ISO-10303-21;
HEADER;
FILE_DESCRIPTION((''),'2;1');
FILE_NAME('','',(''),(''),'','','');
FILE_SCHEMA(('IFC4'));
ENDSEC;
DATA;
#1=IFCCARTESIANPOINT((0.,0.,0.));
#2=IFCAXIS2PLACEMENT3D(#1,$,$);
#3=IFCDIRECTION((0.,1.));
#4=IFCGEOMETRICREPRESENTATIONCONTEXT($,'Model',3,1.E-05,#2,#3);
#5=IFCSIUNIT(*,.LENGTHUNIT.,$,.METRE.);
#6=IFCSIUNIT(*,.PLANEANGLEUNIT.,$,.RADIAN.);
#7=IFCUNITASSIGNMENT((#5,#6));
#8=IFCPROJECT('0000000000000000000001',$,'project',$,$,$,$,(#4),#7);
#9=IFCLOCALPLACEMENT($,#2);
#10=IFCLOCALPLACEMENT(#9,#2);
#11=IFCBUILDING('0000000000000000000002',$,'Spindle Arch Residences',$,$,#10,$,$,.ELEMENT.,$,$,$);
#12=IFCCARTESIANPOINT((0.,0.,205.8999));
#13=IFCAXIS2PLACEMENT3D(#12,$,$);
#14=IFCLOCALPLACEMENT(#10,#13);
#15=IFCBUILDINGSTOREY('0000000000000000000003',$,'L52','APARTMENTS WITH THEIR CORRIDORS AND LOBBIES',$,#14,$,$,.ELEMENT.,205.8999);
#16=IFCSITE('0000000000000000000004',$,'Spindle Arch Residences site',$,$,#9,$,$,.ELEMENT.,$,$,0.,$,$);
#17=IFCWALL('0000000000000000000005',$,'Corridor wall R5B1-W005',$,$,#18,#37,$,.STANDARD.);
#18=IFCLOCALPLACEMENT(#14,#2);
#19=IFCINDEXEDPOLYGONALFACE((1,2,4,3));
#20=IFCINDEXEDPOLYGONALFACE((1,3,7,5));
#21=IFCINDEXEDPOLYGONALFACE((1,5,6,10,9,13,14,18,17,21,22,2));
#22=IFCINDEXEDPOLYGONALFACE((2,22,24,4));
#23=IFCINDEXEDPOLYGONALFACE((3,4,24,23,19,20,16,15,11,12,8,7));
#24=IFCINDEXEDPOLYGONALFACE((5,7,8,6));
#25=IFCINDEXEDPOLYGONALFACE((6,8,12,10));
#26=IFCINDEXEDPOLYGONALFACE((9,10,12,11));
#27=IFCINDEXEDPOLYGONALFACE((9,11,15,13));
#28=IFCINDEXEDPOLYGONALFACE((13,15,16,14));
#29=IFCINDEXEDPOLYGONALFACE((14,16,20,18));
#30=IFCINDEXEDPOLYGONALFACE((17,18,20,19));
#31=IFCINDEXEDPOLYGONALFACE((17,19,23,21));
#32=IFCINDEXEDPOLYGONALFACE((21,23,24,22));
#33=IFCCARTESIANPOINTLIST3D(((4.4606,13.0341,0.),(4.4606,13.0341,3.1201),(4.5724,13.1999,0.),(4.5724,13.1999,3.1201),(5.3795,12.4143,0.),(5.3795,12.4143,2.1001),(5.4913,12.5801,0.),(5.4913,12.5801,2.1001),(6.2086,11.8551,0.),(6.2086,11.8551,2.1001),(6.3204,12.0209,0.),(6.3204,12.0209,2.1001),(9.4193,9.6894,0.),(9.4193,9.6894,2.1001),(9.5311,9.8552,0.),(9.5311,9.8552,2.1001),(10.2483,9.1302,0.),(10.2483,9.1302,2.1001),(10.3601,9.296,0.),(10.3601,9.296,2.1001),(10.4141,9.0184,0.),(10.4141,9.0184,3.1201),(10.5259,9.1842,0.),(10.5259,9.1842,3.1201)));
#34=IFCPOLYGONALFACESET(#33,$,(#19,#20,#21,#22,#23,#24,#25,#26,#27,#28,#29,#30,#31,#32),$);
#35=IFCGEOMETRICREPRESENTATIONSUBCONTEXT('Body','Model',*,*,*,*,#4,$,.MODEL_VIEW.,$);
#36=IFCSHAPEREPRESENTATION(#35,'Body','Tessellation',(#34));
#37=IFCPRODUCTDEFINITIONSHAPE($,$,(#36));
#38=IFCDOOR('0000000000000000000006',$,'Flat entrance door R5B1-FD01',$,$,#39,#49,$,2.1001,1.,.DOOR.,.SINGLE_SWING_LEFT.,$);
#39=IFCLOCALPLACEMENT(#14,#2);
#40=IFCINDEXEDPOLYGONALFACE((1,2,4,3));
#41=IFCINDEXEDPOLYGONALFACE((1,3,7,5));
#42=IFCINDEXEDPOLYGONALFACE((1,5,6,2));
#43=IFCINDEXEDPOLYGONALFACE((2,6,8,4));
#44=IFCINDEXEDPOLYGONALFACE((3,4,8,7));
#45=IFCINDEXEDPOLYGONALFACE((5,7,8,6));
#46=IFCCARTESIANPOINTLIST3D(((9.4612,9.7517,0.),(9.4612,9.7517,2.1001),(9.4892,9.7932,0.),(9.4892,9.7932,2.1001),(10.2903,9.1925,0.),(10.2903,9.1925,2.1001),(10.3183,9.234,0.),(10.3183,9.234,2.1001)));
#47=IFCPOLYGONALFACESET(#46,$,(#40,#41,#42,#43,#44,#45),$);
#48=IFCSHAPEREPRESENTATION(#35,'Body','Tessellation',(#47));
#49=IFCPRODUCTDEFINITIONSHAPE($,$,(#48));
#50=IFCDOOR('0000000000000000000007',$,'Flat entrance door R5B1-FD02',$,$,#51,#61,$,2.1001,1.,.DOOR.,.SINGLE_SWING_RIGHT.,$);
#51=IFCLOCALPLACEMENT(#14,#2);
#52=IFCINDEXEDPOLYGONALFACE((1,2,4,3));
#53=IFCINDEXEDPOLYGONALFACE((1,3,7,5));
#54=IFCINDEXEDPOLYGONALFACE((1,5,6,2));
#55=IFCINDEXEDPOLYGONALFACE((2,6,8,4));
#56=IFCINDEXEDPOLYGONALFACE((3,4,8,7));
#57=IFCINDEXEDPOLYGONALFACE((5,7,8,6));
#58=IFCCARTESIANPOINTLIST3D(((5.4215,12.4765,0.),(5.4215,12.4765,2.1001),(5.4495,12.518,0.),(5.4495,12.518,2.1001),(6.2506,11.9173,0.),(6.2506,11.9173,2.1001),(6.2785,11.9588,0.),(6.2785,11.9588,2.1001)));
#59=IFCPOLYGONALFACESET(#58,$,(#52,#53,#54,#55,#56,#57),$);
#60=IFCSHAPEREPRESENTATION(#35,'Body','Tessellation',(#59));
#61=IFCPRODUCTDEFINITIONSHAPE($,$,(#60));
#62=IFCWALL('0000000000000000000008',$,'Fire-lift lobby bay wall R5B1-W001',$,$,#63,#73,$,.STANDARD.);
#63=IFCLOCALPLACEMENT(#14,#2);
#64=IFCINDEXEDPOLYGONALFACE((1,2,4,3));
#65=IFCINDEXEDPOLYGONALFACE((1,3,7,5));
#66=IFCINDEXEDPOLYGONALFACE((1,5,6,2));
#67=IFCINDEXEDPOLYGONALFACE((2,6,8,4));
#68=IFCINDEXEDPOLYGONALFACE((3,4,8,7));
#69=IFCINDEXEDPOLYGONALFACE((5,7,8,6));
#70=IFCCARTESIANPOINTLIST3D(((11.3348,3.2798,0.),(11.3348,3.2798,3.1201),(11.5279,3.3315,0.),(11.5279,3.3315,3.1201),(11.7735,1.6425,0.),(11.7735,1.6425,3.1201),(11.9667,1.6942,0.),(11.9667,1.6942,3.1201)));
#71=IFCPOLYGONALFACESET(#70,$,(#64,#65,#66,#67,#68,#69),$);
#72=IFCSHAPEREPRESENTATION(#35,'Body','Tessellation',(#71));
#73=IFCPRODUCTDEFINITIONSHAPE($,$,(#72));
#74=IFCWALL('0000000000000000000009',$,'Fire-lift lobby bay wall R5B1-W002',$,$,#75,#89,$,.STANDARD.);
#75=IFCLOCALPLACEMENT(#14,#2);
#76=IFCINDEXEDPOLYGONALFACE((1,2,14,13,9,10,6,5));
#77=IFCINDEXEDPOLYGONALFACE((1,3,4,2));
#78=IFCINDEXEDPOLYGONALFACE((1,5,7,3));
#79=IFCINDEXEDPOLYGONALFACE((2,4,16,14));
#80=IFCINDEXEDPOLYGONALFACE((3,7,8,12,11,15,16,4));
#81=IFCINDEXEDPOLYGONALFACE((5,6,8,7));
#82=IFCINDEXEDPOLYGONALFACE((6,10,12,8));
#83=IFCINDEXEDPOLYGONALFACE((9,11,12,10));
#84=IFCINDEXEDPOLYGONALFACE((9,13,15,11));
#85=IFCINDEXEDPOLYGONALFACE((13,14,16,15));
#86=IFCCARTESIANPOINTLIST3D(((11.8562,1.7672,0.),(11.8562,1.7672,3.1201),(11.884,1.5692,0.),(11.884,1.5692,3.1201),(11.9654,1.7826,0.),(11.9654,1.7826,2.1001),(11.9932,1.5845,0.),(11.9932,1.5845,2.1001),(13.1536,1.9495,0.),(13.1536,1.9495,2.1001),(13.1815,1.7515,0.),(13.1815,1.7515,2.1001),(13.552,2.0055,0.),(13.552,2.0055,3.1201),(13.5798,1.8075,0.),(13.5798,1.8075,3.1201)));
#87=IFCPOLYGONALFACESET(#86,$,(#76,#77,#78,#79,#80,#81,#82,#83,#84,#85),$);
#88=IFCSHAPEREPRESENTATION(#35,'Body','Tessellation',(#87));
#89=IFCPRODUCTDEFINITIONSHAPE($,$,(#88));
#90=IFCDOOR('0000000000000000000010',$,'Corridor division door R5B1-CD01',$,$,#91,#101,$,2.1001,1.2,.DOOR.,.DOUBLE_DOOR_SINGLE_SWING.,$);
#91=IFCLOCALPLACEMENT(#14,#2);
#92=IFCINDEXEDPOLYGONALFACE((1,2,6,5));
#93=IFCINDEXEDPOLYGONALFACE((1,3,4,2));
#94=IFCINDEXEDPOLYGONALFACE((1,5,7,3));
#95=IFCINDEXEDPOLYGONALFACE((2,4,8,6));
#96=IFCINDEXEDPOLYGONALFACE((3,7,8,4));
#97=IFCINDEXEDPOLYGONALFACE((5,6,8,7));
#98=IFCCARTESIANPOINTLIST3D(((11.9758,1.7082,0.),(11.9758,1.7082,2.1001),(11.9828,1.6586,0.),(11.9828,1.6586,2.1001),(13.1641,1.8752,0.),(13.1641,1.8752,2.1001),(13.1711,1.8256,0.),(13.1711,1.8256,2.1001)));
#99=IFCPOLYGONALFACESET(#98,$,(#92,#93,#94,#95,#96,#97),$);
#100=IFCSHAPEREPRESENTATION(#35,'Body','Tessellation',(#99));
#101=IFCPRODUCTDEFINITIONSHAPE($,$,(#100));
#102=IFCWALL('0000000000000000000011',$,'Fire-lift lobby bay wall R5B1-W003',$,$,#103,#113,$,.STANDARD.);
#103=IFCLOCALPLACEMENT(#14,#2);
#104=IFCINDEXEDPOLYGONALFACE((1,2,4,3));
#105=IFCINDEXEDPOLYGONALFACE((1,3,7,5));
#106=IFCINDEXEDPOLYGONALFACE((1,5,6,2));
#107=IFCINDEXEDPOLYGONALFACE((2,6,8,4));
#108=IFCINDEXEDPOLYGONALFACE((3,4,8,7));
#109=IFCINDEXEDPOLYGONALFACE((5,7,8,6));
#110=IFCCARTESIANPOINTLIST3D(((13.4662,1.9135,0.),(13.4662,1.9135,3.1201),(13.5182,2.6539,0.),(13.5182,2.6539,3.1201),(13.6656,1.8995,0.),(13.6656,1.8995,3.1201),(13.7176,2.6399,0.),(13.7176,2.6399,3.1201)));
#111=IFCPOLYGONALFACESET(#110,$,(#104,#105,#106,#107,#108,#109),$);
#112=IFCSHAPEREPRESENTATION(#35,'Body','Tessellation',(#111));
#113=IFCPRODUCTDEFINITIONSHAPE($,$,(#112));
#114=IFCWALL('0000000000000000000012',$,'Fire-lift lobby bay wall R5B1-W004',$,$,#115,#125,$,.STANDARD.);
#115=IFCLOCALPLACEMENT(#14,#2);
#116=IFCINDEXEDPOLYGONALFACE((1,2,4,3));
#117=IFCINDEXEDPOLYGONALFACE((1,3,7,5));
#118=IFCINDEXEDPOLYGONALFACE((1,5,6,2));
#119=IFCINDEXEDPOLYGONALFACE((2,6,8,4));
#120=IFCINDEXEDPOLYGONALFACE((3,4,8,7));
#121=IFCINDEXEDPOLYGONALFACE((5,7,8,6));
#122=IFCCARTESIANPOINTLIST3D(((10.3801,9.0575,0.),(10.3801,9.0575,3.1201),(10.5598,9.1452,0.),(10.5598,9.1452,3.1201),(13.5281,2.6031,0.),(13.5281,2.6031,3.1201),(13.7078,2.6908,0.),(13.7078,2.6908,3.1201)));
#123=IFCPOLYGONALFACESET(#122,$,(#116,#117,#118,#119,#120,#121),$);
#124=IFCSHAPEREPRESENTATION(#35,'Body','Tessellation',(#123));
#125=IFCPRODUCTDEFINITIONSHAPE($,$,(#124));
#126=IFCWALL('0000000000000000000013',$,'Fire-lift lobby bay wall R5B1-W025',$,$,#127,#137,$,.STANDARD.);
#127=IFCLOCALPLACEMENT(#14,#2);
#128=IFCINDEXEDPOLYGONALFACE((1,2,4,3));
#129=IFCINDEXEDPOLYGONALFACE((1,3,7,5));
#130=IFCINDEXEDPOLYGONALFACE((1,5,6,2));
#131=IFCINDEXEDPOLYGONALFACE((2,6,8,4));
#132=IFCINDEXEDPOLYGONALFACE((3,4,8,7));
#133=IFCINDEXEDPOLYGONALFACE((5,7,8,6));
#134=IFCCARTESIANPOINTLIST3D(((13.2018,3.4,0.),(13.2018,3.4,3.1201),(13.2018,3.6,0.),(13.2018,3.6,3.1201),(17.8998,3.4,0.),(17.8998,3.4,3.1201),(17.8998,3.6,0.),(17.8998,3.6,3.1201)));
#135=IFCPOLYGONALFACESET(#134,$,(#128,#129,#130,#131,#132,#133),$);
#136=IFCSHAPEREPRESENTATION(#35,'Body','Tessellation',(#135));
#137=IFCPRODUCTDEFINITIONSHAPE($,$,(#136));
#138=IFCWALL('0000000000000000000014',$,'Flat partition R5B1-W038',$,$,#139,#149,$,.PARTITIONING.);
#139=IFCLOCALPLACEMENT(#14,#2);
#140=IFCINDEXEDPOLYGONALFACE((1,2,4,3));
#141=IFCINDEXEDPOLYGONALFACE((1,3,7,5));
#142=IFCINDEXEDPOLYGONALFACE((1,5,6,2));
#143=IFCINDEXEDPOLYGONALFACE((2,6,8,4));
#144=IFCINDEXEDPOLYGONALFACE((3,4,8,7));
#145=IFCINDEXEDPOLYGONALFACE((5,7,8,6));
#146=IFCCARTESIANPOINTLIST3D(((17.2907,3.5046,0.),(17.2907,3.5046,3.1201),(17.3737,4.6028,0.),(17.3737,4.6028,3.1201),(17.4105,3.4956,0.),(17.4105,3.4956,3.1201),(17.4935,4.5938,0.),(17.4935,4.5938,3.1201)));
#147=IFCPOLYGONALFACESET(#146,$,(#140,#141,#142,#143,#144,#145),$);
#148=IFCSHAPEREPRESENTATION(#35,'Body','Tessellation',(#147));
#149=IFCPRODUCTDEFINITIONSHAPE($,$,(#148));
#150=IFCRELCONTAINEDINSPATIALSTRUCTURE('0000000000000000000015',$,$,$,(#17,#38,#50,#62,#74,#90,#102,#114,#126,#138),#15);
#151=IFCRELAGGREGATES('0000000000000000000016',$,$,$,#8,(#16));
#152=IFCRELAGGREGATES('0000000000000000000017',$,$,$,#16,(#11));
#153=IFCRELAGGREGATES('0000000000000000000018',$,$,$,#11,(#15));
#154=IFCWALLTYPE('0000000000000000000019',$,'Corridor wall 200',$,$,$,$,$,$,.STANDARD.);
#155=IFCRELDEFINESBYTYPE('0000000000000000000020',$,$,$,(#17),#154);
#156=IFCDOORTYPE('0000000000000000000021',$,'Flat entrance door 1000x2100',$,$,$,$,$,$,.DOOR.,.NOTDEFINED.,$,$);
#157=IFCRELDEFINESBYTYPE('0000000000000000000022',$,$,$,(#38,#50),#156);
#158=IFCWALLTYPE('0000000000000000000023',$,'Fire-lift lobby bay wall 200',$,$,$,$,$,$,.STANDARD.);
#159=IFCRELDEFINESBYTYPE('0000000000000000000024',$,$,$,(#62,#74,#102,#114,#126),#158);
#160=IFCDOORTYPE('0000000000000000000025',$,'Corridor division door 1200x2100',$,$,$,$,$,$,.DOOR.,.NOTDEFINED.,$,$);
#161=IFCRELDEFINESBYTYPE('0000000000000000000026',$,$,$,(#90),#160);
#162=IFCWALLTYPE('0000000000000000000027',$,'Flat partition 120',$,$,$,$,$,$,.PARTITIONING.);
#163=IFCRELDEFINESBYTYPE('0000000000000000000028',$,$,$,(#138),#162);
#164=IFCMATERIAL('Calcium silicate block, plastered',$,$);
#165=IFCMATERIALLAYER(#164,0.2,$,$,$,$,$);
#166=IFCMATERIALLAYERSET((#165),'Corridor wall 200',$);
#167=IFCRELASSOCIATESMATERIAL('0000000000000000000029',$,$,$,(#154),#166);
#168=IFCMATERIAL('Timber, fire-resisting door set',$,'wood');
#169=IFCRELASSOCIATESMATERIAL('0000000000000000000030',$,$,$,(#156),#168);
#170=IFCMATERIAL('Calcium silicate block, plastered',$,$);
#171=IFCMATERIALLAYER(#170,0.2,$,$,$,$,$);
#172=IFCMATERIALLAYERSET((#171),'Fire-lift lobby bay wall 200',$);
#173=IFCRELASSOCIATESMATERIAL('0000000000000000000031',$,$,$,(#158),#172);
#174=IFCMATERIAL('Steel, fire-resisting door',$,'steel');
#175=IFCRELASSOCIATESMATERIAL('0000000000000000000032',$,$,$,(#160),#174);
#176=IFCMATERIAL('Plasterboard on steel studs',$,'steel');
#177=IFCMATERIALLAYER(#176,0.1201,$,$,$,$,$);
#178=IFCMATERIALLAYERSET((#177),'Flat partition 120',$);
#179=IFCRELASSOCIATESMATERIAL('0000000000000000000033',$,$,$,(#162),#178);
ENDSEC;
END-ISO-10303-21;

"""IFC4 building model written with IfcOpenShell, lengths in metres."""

from ifc_helpers import new_model, si_unit, direction, frame, frame_2d, origin, place, context, subcontext, project, spatial, rectangle, extrude, material, layer, layer_set, type_object, element, fill, save


model = new_model("IFC4")

# Units and contexts
model_context = context("Model", 3, precision=1e-05, world=origin(), true_north=direction((0.0, 1.0)))
body_context = subcontext(model_context, "Body", "Model", "MODEL_VIEW")
ifc_project = project(units=[si_unit("LENGTHUNIT", "METRE"), si_unit("PLANEANGLEUNIT", "RADIAN")], contexts=[model_context])

# Site, building, storey
site_placement = place(None, origin())
site = spatial("IfcSite", under=ifc_project, at=site_placement, Name="Spindle Arch Residences site", CompositionType="ELEMENT", RefElevation=0.0)
building_placement = place(site_placement, origin())
building = spatial("IfcBuilding", under=site, at=building_placement, Name="Spindle Arch Residences", CompositionType="ELEMENT")
storey_placement = place(building_placement, frame((0.0, 0.0, 205.8999)))
storey = spatial("IfcBuildingStorey", under=building, at=storey_placement, Name="L52", Description="APARTMENTS WITH THEIR CORRIDORS AND LOBBIES", CompositionType="ELEMENT", Elevation=205.8999)

# Wall, openings, doors
ifc_material_1 = material(Name="Calcium silicate block, plastered")
ifc_layer_1 = layer(ifc_material_1, 0.2)
ifc_layer_set_1 = layer_set([ifc_layer_1], Name="Corridor wall 200")
wall_type_1 = type_object("IfcWallType", Name="Corridor wall 200", PredefinedType="STANDARD", material=ifc_layer_set_1)
wall_1_placement = place(storey_placement, frame((10.47, 9.1013, 0.0), z_axis=(0.0, 0.0, 1.0), x_axis=(-0.829036, 0.559195, 0.0)))
wall_1 = element("IfcWall", 1, at=wall_1_placement, inside=storey, type_object=wall_type_1, Name="Corridor wall R5B1-W005", PredefinedType="STANDARD", context=body_context, shape_type="SweptSolid", body=[
    extrude(rectangle(XDim=7.1812, YDim=0.2, at=frame_2d((3.5906, 0.0))), origin(), (0.0, 0.0, 1.0), 3.1201),
])
opening_1_placement = place(wall_1_placement, frame((0.2, 0.0, 0.0)))
opening_1 = element("IfcOpeningElement", 2, at=opening_1_placement, cuts=wall_1, PredefinedType="OPENING", context=body_context, shape_type="SweptSolid", body=[
    extrude(rectangle(XDim=1.0, YDim=2.1001, at=frame_2d((0.5, 1.05))), frame((0.0, 0.1099, 0.0), z_axis=(0.0, -1.0, 0.0), x_axis=(1.0, 0.0, 0.0)), (0.0, 0.0, 1.0), 0.22),
])
opening_2_placement = place(wall_1_placement, frame((5.0728, 0.0, 0.0)))
opening_2 = element("IfcOpeningElement", 3, at=opening_2_placement, cuts=wall_1, PredefinedType="OPENING", context=body_context, shape_type="SweptSolid", body=[
    extrude(rectangle(XDim=1.0, YDim=2.1001, at=frame_2d((0.5, 1.05))), frame((0.0, 0.1099, 0.0), z_axis=(0.0, -1.0, 0.0), x_axis=(1.0, 0.0, 0.0)), (0.0, 0.0, 1.0), 0.22),
])
ifc_material_2 = material(Name="Timber, fire-resisting door set", Category="wood")
door_type_1 = type_object("IfcDoorType", Name="Flat entrance door 1000x2100", OperationType="NOTDEFINED", PredefinedType="DOOR", material=ifc_material_2)
door_1_placement = place(opening_1_placement, origin())
door_1 = element("IfcDoor", 4, at=door_1_placement, inside=storey, type_object=door_type_1, Name="Flat entrance door R5B1-FD01", OperationType="SINGLE_SWING_LEFT", OverallHeight=2.1001, OverallWidth=1.0, PredefinedType="DOOR", context=body_context, shape_type="SweptSolid", body=[
    extrude(rectangle(XDim=1.0, YDim=2.1001, at=frame_2d((0.5, 1.05))), frame((0.0, 0.0249, 0.0), z_axis=(0.0, -1.0, 0.0), x_axis=(1.0, 0.0, 0.0)), (0.0, 0.0, 1.0), 0.05),
])
fill(opening_1, door_1)
door_2_placement = place(opening_2_placement, origin())
door_2 = element("IfcDoor", 5, at=door_2_placement, inside=storey, type_object=door_type_1, Name="Flat entrance door R5B1-FD02", OperationType="SINGLE_SWING_RIGHT", OverallHeight=2.1001, OverallWidth=1.0, PredefinedType="DOOR", context=body_context, shape_type="SweptSolid", body=[
    extrude(rectangle(XDim=1.0, YDim=2.1001, at=frame_2d((0.5, 1.05))), frame((0.0, 0.0249, 0.0), z_axis=(0.0, -1.0, 0.0), x_axis=(1.0, 0.0, 0.0)), (0.0, 0.0, 1.0), 0.05),
])
fill(opening_2, door_2)

# Wall
ifc_material_3 = material(Name="Calcium silicate block, plastered")
ifc_layer_2 = layer(ifc_material_3, 0.2)
ifc_layer_set_2 = layer_set([ifc_layer_2], Name="Fire-lift lobby bay wall 200")
wall_type_2 = type_object("IfcWallType", Name="Fire-lift lobby bay wall 200", PredefinedType="STANDARD", material=ifc_layer_set_2)
wall_2_placement = place(storey_placement, frame((11.8701, 1.6682, 0.0), z_axis=(0.0, 0.0, 1.0), x_axis=(-0.258837, 0.965921, 0.0)))
element("IfcWall", 6, at=wall_2_placement, inside=storey, type_object=wall_type_2, Name="Fire-lift lobby bay wall R5B1-W001", PredefinedType="STANDARD", context=body_context, shape_type="SweptSolid", body=[
    extrude(rectangle(XDim=1.6951, YDim=0.2, at=frame_2d((0.8477, 0.0))), origin(), (0.0, 0.0, 1.0), 3.1201),
])

# Wall, opening, door
wall_3_placement = place(storey_placement, frame((11.8701, 1.6682, 0.0), z_axis=(0.0, 0.0, 1.0), x_axis=(0.990272, 0.139146, 0.0)))
wall_3 = element("IfcWall", 7, at=wall_3_placement, inside=storey, type_object=wall_type_2, Name="Fire-lift lobby bay wall R5B1-W002", PredefinedType="STANDARD", context=body_context, shape_type="SweptSolid", body=[
    extrude(rectangle(XDim=1.7124, YDim=0.2, at=frame_2d((0.8562, 0.0))), origin(), (0.0, 0.0, 1.0), 3.1201),
])
opening_3_placement = place(wall_3_placement, frame((0.1101, 0.0, 0.0)))
opening_3 = element("IfcOpeningElement", 8, at=opening_3_placement, cuts=wall_3, PredefinedType="OPENING", context=body_context, shape_type="SweptSolid", body=[
    extrude(rectangle(XDim=1.2, YDim=2.1001, at=frame_2d((0.6001, 1.05))), frame((0.0, 0.1099, 0.0), z_axis=(0.0, -1.0, 0.0), x_axis=(1.0, 0.0, 0.0)), (0.0, 0.0, 1.0), 0.22),
])
ifc_material_4 = material(Name="Steel, fire-resisting door", Category="steel")
door_type_2 = type_object("IfcDoorType", Name="Corridor division door 1200x2100", OperationType="NOTDEFINED", PredefinedType="DOOR", material=ifc_material_4)
door_3_placement = place(opening_3_placement, origin())
door_3 = element("IfcDoor", 9, at=door_3_placement, inside=storey, type_object=door_type_2, Name="Corridor division door R5B1-CD01", OperationType="DOUBLE_DOOR_SINGLE_SWING", OverallHeight=2.1001, OverallWidth=1.2, PredefinedType="DOOR", context=body_context, shape_type="SweptSolid", body=[
    extrude(rectangle(XDim=1.2, YDim=2.1001, at=frame_2d((0.6001, 1.05))), frame((0.0, 0.0249, 0.0), z_axis=(0.0, -1.0, 0.0), x_axis=(1.0, 0.0, 0.0)), (0.0, 0.0, 1.0), 0.05),
])
fill(opening_3, door_3)

# Walls
wall_4_placement = place(storey_placement, frame((13.5659, 1.9065, 0.0), z_axis=(0.0, 0.0, 1.0), x_axis=(0.070055, 0.997543, 0.0)))
element("IfcWall", 10, at=wall_4_placement, inside=storey, type_object=wall_type_2, Name="Fire-lift lobby bay wall R5B1-W003", PredefinedType="STANDARD", context=body_context, shape_type="SweptSolid", body=[
    extrude(rectangle(XDim=0.7422, YDim=0.2, at=frame_2d((0.3711, 0.0))), origin(), (0.0, 0.0, 1.0), 3.1201),
])
wall_5_placement = place(storey_placement, frame((13.6179, 2.647, 0.0), z_axis=(0.0, 0.0, 1.0), x_axis=(-0.438366, 0.898797, 0.0)))
element("IfcWall", 11, at=wall_5_placement, inside=storey, type_object=wall_type_2, Name="Fire-lift lobby bay wall R5B1-W004", PredefinedType="STANDARD", context=body_context, shape_type="SweptSolid", body=[
    extrude(rectangle(XDim=7.1812, YDim=0.2, at=frame_2d((3.5906, 0.0))), origin(), (0.0, 0.0, 1.0), 3.1201),
])
wall_6_placement = place(storey_placement, frame((17.8999, 3.5, 0.0), z_axis=(0.0, 0.0, 1.0), x_axis=(-1.0, 0.0, 0.0)))
element("IfcWall", 12, at=wall_6_placement, inside=storey, type_object=wall_type_2, Name="Fire-lift lobby bay wall R5B1-W025", PredefinedType="STANDARD", context=body_context, shape_type="SweptSolid", body=[
    extrude(rectangle(XDim=4.698, YDim=0.2, at=frame_2d((2.3491, 0.0))), origin(), (0.0, 0.0, 1.0), 3.1201),
])
ifc_material_5 = material(Name="Plasterboard on steel studs", Category="steel")
ifc_layer_3 = layer(ifc_material_5, 0.1201)
ifc_layer_set_3 = layer_set([ifc_layer_3], Name="Flat partition 120")
wall_type_3 = type_object("IfcWallType", Name="Flat partition 120", PredefinedType="PARTITIONING", material=ifc_layer_set_3)
wall_7_placement = place(storey_placement, frame((17.3506, 3.5, 0.0), z_axis=(0.0, 0.0, 1.0), x_axis=(0.075374, 0.997155, 0.0)))
element("IfcWall", 13, at=wall_7_placement, inside=storey, type_object=wall_type_3, Name="Flat partition R5B1-W038", PredefinedType="PARTITIONING", context=body_context, shape_type="SweptSolid", body=[
    extrude(rectangle(XDim=1.1013, YDim=0.1201, at=frame_2d((0.5508, 0.0))), origin(), (0.0, 0.0, 1.0), 3.1201),
])

save(model, "model.ifc")
